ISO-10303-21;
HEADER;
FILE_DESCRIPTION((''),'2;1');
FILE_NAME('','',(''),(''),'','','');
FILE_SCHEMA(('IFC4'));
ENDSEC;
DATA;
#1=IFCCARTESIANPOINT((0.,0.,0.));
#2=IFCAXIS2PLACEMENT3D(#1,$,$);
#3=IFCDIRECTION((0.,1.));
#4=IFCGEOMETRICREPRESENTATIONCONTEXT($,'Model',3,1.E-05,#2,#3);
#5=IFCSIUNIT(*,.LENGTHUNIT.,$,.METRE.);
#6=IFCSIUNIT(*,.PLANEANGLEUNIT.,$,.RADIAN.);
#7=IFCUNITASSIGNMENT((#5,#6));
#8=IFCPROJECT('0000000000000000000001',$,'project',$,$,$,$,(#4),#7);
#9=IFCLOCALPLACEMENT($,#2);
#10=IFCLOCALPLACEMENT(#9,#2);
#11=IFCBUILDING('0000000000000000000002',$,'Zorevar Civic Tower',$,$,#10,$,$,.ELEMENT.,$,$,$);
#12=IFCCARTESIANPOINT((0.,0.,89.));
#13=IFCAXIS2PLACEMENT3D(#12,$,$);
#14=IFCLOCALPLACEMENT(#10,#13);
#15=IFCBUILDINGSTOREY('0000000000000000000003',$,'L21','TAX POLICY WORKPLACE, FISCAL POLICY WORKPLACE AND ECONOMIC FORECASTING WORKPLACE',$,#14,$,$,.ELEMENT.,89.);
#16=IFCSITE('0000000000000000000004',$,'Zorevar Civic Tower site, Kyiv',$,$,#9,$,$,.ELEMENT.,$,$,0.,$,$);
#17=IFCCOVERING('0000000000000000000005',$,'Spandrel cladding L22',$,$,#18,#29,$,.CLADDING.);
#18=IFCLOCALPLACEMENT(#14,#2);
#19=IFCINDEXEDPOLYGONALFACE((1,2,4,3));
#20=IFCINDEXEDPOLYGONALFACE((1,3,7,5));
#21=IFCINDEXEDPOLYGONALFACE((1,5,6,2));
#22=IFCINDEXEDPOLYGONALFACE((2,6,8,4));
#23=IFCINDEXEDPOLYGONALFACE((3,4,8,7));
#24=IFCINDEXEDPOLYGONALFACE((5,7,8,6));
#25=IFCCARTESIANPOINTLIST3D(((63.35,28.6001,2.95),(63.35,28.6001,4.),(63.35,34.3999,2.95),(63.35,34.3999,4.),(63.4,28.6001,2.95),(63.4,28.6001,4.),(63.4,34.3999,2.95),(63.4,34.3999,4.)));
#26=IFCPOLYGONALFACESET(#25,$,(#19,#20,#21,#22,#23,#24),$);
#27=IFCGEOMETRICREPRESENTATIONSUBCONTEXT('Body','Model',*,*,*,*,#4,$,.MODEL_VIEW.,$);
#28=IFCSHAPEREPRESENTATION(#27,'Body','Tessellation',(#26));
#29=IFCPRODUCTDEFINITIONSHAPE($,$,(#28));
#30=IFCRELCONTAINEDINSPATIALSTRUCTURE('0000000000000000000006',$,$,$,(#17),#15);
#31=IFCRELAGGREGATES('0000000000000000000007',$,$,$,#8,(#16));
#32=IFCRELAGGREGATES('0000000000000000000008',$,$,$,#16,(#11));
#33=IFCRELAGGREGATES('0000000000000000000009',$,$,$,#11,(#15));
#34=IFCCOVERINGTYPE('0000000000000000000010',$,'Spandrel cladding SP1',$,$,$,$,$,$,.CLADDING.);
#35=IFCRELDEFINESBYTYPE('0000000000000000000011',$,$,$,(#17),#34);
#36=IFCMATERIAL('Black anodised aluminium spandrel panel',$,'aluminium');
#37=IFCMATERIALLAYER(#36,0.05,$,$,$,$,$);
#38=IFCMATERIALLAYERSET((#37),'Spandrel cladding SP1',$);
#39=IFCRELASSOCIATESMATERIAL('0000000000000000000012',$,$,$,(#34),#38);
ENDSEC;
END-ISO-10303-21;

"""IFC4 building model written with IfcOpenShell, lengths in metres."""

from ifc_helpers import new_model, si_unit, direction, frame, frame_2d, origin, place, context, subcontext, project, spatial, rectangle, extrude, material, layer, layer_set, type_object, element, save


model = new_model("IFC4")

# Units and contexts
model_context = context("Model", 3, precision=1e-05, world=origin(), true_north=direction((0.0, 1.0)))
body_context = subcontext(model_context, "Body", "Model", "MODEL_VIEW")
ifc_project = project(units=[si_unit("LENGTHUNIT", "METRE"), si_unit("PLANEANGLEUNIT", "RADIAN")], contexts=[model_context])

# Site, building, storey
site_placement = place(None, origin())
site = spatial("IfcSite", under=ifc_project, at=site_placement, Name="Zorevar Civic Tower site, Kyiv", CompositionType="ELEMENT", RefElevation=0.0)
building_placement = place(site_placement, origin())
building = spatial("IfcBuilding", under=site, at=building_placement, Name="Zorevar Civic Tower", CompositionType="ELEMENT")
storey_placement = place(building_placement, frame((0.0, 0.0, 89.0)))
storey = spatial("IfcBuildingStorey", under=building, at=storey_placement, Name="L21", Description="TAX POLICY WORKPLACE, FISCAL POLICY WORKPLACE AND ECONOMIC FORECASTING WORKPLACE", CompositionType="ELEMENT", Elevation=89.0)

# Covering
ifc_material_1 = material(Name="Black anodised aluminium spandrel panel", Category="aluminium")
ifc_layer_1 = layer(ifc_material_1, 0.05)
ifc_layer_set_1 = layer_set([ifc_layer_1], Name="Spandrel cladding SP1")
covering_type = type_object("IfcCoveringType", Name="Spandrel cladding SP1", PredefinedType="CLADDING", material=ifc_layer_set_1)
covering_placement = place(storey_placement, frame((63.375, 28.6001, 2.95), z_axis=(0.0, 0.0, 1.0), x_axis=(0.0, 1.0, 0.0)))
element("IfcCovering", 1, at=covering_placement, inside=storey, type_object=covering_type, Name="Spandrel cladding L22", PredefinedType="CLADDING", context=body_context, shape_type="SweptSolid", body=[
    extrude(rectangle(XDim=5.7998, YDim=0.05, at=frame_2d((2.8999, 0.0))), origin(), (0.0, 0.0, 1.0), 1.05),
])

save(model, "model.ifc")
